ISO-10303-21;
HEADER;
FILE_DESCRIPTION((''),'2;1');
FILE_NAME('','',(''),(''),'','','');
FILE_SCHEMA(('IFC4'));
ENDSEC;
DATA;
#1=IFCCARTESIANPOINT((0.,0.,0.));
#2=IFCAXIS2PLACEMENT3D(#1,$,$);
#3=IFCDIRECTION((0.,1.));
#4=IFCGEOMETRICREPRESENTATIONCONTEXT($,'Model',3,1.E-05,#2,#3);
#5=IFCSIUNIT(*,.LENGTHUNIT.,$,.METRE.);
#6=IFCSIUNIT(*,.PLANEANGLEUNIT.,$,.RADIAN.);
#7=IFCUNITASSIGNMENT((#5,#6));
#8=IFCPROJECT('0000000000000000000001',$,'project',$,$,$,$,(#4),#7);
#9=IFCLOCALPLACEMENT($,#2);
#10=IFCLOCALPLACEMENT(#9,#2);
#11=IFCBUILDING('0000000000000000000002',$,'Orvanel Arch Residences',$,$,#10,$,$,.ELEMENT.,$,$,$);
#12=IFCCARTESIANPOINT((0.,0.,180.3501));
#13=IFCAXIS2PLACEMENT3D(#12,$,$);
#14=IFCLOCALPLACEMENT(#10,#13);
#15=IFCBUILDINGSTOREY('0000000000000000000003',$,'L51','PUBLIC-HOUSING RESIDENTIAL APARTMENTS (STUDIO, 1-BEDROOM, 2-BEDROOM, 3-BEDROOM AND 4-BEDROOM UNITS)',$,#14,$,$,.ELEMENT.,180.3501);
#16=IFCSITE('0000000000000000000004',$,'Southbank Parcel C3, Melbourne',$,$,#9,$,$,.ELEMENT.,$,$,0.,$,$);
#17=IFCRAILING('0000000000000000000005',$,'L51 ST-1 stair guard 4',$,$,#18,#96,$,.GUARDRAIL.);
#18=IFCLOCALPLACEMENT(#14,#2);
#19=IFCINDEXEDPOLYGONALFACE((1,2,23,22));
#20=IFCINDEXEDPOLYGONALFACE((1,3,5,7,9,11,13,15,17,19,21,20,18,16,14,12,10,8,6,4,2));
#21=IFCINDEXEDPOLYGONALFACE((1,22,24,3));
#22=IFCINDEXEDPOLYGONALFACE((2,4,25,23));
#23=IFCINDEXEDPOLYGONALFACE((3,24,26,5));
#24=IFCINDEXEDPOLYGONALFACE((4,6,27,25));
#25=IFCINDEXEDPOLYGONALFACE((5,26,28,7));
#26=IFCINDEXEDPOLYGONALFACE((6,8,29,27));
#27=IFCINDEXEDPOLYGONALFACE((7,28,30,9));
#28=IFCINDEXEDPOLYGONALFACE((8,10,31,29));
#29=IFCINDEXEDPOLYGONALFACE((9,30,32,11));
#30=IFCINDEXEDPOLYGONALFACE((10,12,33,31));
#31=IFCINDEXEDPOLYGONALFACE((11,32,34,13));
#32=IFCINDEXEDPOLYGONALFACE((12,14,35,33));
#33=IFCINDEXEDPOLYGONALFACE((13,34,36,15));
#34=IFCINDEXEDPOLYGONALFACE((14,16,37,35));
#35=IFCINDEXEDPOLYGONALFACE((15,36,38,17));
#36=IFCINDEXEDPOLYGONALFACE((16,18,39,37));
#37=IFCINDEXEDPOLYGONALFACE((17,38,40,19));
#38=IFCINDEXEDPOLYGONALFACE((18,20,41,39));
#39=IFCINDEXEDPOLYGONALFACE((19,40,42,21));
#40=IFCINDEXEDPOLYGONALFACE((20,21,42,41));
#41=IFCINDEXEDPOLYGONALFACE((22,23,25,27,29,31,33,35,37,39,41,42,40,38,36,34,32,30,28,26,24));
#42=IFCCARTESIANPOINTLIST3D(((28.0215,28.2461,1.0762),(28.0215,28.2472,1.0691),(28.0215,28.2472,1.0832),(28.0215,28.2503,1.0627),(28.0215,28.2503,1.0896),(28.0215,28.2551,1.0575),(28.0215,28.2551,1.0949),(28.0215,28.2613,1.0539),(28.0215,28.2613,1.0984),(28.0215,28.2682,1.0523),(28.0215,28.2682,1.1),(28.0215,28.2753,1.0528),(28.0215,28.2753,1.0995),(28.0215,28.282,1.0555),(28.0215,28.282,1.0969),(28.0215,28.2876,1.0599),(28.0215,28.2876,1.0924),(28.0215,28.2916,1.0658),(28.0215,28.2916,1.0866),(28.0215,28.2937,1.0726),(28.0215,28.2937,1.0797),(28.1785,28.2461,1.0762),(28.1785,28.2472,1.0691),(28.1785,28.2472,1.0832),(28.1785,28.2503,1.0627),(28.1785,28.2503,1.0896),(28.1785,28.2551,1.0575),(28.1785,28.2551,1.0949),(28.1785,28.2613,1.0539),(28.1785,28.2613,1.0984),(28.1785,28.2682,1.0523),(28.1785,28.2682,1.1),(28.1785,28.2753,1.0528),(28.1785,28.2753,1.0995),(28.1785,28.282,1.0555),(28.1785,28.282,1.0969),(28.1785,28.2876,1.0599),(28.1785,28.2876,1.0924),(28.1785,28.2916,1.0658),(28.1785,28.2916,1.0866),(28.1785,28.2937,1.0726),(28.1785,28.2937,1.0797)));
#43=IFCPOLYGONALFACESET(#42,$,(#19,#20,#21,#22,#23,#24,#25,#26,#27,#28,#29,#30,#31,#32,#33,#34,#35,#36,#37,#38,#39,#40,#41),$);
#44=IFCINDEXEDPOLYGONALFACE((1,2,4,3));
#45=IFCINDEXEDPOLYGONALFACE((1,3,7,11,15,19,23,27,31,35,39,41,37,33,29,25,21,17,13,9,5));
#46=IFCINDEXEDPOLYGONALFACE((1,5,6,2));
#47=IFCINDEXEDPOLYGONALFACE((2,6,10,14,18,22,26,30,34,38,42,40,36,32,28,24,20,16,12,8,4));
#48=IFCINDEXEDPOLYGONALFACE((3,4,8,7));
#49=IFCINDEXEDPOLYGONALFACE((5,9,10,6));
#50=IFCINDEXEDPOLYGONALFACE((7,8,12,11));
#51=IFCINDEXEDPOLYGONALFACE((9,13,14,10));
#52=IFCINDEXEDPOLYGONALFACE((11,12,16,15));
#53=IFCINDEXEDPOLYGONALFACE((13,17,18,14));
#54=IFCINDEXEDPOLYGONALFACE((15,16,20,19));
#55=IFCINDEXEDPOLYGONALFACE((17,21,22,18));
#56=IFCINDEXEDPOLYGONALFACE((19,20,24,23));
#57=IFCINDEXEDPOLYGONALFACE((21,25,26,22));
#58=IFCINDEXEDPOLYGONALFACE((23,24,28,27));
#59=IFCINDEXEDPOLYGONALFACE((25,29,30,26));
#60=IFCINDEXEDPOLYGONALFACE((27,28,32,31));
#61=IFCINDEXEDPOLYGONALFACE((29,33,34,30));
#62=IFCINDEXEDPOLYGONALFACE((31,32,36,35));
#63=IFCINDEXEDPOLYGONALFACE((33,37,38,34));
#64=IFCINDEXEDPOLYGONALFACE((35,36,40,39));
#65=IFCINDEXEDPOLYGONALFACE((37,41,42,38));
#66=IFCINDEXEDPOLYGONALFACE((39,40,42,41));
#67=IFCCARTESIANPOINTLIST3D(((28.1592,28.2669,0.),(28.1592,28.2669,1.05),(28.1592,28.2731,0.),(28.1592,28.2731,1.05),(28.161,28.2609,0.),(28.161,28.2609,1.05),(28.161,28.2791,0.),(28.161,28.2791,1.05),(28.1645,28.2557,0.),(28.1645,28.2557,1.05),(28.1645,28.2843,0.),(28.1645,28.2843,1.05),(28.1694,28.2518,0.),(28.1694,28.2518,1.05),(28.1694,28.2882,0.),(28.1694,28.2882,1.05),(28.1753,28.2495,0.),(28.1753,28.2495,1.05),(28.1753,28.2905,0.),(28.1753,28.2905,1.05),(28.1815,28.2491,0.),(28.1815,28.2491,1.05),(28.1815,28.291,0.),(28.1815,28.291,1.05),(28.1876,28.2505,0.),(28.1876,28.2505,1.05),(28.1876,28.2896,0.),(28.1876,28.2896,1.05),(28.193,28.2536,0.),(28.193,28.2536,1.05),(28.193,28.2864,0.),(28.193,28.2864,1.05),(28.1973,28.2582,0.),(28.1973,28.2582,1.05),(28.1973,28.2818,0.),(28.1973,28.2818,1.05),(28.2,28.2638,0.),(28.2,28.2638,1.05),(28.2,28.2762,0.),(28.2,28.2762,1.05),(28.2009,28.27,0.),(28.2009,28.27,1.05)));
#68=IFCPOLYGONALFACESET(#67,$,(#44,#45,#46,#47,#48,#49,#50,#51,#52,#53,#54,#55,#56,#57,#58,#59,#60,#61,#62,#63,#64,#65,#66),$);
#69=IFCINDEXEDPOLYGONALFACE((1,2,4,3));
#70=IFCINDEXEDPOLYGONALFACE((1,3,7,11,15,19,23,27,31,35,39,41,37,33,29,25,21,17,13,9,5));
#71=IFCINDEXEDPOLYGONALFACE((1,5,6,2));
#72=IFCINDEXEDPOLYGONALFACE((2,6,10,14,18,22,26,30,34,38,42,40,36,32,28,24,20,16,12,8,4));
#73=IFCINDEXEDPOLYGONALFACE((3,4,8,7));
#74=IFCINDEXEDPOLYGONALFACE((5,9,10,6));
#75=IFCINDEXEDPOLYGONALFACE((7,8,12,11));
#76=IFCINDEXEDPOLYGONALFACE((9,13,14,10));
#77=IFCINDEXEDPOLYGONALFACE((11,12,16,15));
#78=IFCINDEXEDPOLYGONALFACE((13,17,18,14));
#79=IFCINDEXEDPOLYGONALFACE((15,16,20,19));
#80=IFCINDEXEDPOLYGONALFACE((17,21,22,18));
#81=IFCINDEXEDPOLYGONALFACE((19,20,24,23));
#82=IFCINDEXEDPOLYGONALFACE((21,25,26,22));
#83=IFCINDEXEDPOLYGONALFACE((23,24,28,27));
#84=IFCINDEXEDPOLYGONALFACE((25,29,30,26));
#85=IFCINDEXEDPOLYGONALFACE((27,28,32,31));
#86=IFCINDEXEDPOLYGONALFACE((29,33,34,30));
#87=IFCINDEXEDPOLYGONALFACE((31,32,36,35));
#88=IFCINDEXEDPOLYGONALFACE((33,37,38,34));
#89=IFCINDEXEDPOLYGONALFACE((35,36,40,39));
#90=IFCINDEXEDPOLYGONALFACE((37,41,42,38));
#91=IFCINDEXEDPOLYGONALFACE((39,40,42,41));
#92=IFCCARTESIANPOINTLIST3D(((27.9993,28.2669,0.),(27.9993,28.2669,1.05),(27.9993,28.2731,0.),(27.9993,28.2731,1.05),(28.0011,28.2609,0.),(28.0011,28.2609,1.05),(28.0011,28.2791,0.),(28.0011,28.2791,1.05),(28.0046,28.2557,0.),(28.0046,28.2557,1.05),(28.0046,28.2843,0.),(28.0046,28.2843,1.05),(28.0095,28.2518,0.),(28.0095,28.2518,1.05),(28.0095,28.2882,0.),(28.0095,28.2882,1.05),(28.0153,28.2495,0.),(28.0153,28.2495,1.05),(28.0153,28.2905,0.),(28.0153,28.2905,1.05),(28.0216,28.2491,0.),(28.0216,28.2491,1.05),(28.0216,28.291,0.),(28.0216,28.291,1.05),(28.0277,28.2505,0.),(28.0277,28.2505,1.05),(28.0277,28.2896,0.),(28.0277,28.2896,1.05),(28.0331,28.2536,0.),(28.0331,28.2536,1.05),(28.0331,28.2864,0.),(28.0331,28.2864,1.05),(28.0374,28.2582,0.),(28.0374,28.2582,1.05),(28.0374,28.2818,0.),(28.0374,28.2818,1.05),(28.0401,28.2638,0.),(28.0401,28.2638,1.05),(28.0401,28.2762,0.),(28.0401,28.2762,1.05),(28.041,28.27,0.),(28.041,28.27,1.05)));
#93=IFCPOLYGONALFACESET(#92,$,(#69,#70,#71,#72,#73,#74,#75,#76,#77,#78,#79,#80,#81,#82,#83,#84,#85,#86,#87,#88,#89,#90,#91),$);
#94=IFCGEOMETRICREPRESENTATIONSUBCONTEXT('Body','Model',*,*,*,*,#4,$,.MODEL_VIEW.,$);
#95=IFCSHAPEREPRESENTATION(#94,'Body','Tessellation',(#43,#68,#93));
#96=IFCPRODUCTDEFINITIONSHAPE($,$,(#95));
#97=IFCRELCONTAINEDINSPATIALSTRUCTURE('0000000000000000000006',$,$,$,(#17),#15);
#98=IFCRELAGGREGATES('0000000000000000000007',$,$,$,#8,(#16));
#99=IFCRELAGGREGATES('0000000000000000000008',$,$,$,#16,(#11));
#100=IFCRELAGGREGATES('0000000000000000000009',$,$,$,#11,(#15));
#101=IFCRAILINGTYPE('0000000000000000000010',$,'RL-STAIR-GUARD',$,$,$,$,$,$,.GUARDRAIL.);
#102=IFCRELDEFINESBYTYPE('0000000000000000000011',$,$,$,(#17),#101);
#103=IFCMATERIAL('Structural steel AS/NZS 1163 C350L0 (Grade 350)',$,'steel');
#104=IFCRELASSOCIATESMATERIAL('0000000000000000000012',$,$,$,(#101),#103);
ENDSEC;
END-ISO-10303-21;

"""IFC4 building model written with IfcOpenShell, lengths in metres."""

from ifc_helpers import new_model, si_unit, direction, frame, origin, origin_2d, place, context, subcontext, project, spatial, circle, extrude, material, type_object, element, save


model = new_model("IFC4")

# Units and contexts
model_context = context("Model", 3, precision=1e-05, world=origin(), true_north=direction((0.0, 1.0)))
body_context = subcontext(model_context, "Body", "Model", "MODEL_VIEW")
ifc_project = project(units=[si_unit("LENGTHUNIT", "METRE"), si_unit("PLANEANGLEUNIT", "RADIAN")], contexts=[model_context])

# Site, building, storey
site_placement = place(None, origin())
site = spatial("IfcSite", under=ifc_project, at=site_placement, Name="Southbank Parcel C3, Melbourne", CompositionType="ELEMENT", RefElevation=0.0)
building_placement = place(site_placement, origin())
building = spatial("IfcBuilding", under=site, at=building_placement, Name="Orvanel Arch Residences", CompositionType="ELEMENT")
storey_placement = place(building_placement, frame((0.0, 0.0, 180.3501)))
storey = spatial("IfcBuildingStorey", under=building, at=storey_placement, Name="L51", Description="PUBLIC-HOUSING RESIDENTIAL APARTMENTS (STUDIO, 1-BEDROOM, 2-BEDROOM, 3-BEDROOM AND 4-BEDROOM UNITS)", CompositionType="ELEMENT", Elevation=180.3501)

# Railing
ifc_material_1 = material(Name="Structural steel AS/NZS 1163 C350L0 (Grade 350)", Category="steel")
railing_type_1 = type_object("IfcRailingType", Name="RL-STAIR-GUARD", PredefinedType="GUARDRAIL", material=ifc_material_1)
railing_1_placement = place(storey_placement, frame((28.1799, 28.27, 0.0)))
element("IfcRailing", 1, at=railing_1_placement, inside=storey, type_object=railing_type_1, Name="L51 ST-1 stair guard 4", PredefinedType="GUARDRAIL", context=body_context, shape_type="SweptSolid", body=[
    extrude(circle(Radius=0.0239, at=origin_2d()), frame((-0.0015, 0.0, 1.0762), z_axis=(-1.0, 0.0, 0.0), x_axis=(0.0, -1.0, 0.0)), (0.0, 0.0, 1.0), 0.157),
    extrude(circle(Radius=0.021, at=origin_2d()), origin(), (0.0, 0.0, 1.0), 1.05),
    extrude(circle(Radius=0.021, at=origin_2d()), frame((-0.1599, 0.0, 0.0)), (0.0, 0.0, 1.0), 1.05),
])

save(model, "model.ifc")
